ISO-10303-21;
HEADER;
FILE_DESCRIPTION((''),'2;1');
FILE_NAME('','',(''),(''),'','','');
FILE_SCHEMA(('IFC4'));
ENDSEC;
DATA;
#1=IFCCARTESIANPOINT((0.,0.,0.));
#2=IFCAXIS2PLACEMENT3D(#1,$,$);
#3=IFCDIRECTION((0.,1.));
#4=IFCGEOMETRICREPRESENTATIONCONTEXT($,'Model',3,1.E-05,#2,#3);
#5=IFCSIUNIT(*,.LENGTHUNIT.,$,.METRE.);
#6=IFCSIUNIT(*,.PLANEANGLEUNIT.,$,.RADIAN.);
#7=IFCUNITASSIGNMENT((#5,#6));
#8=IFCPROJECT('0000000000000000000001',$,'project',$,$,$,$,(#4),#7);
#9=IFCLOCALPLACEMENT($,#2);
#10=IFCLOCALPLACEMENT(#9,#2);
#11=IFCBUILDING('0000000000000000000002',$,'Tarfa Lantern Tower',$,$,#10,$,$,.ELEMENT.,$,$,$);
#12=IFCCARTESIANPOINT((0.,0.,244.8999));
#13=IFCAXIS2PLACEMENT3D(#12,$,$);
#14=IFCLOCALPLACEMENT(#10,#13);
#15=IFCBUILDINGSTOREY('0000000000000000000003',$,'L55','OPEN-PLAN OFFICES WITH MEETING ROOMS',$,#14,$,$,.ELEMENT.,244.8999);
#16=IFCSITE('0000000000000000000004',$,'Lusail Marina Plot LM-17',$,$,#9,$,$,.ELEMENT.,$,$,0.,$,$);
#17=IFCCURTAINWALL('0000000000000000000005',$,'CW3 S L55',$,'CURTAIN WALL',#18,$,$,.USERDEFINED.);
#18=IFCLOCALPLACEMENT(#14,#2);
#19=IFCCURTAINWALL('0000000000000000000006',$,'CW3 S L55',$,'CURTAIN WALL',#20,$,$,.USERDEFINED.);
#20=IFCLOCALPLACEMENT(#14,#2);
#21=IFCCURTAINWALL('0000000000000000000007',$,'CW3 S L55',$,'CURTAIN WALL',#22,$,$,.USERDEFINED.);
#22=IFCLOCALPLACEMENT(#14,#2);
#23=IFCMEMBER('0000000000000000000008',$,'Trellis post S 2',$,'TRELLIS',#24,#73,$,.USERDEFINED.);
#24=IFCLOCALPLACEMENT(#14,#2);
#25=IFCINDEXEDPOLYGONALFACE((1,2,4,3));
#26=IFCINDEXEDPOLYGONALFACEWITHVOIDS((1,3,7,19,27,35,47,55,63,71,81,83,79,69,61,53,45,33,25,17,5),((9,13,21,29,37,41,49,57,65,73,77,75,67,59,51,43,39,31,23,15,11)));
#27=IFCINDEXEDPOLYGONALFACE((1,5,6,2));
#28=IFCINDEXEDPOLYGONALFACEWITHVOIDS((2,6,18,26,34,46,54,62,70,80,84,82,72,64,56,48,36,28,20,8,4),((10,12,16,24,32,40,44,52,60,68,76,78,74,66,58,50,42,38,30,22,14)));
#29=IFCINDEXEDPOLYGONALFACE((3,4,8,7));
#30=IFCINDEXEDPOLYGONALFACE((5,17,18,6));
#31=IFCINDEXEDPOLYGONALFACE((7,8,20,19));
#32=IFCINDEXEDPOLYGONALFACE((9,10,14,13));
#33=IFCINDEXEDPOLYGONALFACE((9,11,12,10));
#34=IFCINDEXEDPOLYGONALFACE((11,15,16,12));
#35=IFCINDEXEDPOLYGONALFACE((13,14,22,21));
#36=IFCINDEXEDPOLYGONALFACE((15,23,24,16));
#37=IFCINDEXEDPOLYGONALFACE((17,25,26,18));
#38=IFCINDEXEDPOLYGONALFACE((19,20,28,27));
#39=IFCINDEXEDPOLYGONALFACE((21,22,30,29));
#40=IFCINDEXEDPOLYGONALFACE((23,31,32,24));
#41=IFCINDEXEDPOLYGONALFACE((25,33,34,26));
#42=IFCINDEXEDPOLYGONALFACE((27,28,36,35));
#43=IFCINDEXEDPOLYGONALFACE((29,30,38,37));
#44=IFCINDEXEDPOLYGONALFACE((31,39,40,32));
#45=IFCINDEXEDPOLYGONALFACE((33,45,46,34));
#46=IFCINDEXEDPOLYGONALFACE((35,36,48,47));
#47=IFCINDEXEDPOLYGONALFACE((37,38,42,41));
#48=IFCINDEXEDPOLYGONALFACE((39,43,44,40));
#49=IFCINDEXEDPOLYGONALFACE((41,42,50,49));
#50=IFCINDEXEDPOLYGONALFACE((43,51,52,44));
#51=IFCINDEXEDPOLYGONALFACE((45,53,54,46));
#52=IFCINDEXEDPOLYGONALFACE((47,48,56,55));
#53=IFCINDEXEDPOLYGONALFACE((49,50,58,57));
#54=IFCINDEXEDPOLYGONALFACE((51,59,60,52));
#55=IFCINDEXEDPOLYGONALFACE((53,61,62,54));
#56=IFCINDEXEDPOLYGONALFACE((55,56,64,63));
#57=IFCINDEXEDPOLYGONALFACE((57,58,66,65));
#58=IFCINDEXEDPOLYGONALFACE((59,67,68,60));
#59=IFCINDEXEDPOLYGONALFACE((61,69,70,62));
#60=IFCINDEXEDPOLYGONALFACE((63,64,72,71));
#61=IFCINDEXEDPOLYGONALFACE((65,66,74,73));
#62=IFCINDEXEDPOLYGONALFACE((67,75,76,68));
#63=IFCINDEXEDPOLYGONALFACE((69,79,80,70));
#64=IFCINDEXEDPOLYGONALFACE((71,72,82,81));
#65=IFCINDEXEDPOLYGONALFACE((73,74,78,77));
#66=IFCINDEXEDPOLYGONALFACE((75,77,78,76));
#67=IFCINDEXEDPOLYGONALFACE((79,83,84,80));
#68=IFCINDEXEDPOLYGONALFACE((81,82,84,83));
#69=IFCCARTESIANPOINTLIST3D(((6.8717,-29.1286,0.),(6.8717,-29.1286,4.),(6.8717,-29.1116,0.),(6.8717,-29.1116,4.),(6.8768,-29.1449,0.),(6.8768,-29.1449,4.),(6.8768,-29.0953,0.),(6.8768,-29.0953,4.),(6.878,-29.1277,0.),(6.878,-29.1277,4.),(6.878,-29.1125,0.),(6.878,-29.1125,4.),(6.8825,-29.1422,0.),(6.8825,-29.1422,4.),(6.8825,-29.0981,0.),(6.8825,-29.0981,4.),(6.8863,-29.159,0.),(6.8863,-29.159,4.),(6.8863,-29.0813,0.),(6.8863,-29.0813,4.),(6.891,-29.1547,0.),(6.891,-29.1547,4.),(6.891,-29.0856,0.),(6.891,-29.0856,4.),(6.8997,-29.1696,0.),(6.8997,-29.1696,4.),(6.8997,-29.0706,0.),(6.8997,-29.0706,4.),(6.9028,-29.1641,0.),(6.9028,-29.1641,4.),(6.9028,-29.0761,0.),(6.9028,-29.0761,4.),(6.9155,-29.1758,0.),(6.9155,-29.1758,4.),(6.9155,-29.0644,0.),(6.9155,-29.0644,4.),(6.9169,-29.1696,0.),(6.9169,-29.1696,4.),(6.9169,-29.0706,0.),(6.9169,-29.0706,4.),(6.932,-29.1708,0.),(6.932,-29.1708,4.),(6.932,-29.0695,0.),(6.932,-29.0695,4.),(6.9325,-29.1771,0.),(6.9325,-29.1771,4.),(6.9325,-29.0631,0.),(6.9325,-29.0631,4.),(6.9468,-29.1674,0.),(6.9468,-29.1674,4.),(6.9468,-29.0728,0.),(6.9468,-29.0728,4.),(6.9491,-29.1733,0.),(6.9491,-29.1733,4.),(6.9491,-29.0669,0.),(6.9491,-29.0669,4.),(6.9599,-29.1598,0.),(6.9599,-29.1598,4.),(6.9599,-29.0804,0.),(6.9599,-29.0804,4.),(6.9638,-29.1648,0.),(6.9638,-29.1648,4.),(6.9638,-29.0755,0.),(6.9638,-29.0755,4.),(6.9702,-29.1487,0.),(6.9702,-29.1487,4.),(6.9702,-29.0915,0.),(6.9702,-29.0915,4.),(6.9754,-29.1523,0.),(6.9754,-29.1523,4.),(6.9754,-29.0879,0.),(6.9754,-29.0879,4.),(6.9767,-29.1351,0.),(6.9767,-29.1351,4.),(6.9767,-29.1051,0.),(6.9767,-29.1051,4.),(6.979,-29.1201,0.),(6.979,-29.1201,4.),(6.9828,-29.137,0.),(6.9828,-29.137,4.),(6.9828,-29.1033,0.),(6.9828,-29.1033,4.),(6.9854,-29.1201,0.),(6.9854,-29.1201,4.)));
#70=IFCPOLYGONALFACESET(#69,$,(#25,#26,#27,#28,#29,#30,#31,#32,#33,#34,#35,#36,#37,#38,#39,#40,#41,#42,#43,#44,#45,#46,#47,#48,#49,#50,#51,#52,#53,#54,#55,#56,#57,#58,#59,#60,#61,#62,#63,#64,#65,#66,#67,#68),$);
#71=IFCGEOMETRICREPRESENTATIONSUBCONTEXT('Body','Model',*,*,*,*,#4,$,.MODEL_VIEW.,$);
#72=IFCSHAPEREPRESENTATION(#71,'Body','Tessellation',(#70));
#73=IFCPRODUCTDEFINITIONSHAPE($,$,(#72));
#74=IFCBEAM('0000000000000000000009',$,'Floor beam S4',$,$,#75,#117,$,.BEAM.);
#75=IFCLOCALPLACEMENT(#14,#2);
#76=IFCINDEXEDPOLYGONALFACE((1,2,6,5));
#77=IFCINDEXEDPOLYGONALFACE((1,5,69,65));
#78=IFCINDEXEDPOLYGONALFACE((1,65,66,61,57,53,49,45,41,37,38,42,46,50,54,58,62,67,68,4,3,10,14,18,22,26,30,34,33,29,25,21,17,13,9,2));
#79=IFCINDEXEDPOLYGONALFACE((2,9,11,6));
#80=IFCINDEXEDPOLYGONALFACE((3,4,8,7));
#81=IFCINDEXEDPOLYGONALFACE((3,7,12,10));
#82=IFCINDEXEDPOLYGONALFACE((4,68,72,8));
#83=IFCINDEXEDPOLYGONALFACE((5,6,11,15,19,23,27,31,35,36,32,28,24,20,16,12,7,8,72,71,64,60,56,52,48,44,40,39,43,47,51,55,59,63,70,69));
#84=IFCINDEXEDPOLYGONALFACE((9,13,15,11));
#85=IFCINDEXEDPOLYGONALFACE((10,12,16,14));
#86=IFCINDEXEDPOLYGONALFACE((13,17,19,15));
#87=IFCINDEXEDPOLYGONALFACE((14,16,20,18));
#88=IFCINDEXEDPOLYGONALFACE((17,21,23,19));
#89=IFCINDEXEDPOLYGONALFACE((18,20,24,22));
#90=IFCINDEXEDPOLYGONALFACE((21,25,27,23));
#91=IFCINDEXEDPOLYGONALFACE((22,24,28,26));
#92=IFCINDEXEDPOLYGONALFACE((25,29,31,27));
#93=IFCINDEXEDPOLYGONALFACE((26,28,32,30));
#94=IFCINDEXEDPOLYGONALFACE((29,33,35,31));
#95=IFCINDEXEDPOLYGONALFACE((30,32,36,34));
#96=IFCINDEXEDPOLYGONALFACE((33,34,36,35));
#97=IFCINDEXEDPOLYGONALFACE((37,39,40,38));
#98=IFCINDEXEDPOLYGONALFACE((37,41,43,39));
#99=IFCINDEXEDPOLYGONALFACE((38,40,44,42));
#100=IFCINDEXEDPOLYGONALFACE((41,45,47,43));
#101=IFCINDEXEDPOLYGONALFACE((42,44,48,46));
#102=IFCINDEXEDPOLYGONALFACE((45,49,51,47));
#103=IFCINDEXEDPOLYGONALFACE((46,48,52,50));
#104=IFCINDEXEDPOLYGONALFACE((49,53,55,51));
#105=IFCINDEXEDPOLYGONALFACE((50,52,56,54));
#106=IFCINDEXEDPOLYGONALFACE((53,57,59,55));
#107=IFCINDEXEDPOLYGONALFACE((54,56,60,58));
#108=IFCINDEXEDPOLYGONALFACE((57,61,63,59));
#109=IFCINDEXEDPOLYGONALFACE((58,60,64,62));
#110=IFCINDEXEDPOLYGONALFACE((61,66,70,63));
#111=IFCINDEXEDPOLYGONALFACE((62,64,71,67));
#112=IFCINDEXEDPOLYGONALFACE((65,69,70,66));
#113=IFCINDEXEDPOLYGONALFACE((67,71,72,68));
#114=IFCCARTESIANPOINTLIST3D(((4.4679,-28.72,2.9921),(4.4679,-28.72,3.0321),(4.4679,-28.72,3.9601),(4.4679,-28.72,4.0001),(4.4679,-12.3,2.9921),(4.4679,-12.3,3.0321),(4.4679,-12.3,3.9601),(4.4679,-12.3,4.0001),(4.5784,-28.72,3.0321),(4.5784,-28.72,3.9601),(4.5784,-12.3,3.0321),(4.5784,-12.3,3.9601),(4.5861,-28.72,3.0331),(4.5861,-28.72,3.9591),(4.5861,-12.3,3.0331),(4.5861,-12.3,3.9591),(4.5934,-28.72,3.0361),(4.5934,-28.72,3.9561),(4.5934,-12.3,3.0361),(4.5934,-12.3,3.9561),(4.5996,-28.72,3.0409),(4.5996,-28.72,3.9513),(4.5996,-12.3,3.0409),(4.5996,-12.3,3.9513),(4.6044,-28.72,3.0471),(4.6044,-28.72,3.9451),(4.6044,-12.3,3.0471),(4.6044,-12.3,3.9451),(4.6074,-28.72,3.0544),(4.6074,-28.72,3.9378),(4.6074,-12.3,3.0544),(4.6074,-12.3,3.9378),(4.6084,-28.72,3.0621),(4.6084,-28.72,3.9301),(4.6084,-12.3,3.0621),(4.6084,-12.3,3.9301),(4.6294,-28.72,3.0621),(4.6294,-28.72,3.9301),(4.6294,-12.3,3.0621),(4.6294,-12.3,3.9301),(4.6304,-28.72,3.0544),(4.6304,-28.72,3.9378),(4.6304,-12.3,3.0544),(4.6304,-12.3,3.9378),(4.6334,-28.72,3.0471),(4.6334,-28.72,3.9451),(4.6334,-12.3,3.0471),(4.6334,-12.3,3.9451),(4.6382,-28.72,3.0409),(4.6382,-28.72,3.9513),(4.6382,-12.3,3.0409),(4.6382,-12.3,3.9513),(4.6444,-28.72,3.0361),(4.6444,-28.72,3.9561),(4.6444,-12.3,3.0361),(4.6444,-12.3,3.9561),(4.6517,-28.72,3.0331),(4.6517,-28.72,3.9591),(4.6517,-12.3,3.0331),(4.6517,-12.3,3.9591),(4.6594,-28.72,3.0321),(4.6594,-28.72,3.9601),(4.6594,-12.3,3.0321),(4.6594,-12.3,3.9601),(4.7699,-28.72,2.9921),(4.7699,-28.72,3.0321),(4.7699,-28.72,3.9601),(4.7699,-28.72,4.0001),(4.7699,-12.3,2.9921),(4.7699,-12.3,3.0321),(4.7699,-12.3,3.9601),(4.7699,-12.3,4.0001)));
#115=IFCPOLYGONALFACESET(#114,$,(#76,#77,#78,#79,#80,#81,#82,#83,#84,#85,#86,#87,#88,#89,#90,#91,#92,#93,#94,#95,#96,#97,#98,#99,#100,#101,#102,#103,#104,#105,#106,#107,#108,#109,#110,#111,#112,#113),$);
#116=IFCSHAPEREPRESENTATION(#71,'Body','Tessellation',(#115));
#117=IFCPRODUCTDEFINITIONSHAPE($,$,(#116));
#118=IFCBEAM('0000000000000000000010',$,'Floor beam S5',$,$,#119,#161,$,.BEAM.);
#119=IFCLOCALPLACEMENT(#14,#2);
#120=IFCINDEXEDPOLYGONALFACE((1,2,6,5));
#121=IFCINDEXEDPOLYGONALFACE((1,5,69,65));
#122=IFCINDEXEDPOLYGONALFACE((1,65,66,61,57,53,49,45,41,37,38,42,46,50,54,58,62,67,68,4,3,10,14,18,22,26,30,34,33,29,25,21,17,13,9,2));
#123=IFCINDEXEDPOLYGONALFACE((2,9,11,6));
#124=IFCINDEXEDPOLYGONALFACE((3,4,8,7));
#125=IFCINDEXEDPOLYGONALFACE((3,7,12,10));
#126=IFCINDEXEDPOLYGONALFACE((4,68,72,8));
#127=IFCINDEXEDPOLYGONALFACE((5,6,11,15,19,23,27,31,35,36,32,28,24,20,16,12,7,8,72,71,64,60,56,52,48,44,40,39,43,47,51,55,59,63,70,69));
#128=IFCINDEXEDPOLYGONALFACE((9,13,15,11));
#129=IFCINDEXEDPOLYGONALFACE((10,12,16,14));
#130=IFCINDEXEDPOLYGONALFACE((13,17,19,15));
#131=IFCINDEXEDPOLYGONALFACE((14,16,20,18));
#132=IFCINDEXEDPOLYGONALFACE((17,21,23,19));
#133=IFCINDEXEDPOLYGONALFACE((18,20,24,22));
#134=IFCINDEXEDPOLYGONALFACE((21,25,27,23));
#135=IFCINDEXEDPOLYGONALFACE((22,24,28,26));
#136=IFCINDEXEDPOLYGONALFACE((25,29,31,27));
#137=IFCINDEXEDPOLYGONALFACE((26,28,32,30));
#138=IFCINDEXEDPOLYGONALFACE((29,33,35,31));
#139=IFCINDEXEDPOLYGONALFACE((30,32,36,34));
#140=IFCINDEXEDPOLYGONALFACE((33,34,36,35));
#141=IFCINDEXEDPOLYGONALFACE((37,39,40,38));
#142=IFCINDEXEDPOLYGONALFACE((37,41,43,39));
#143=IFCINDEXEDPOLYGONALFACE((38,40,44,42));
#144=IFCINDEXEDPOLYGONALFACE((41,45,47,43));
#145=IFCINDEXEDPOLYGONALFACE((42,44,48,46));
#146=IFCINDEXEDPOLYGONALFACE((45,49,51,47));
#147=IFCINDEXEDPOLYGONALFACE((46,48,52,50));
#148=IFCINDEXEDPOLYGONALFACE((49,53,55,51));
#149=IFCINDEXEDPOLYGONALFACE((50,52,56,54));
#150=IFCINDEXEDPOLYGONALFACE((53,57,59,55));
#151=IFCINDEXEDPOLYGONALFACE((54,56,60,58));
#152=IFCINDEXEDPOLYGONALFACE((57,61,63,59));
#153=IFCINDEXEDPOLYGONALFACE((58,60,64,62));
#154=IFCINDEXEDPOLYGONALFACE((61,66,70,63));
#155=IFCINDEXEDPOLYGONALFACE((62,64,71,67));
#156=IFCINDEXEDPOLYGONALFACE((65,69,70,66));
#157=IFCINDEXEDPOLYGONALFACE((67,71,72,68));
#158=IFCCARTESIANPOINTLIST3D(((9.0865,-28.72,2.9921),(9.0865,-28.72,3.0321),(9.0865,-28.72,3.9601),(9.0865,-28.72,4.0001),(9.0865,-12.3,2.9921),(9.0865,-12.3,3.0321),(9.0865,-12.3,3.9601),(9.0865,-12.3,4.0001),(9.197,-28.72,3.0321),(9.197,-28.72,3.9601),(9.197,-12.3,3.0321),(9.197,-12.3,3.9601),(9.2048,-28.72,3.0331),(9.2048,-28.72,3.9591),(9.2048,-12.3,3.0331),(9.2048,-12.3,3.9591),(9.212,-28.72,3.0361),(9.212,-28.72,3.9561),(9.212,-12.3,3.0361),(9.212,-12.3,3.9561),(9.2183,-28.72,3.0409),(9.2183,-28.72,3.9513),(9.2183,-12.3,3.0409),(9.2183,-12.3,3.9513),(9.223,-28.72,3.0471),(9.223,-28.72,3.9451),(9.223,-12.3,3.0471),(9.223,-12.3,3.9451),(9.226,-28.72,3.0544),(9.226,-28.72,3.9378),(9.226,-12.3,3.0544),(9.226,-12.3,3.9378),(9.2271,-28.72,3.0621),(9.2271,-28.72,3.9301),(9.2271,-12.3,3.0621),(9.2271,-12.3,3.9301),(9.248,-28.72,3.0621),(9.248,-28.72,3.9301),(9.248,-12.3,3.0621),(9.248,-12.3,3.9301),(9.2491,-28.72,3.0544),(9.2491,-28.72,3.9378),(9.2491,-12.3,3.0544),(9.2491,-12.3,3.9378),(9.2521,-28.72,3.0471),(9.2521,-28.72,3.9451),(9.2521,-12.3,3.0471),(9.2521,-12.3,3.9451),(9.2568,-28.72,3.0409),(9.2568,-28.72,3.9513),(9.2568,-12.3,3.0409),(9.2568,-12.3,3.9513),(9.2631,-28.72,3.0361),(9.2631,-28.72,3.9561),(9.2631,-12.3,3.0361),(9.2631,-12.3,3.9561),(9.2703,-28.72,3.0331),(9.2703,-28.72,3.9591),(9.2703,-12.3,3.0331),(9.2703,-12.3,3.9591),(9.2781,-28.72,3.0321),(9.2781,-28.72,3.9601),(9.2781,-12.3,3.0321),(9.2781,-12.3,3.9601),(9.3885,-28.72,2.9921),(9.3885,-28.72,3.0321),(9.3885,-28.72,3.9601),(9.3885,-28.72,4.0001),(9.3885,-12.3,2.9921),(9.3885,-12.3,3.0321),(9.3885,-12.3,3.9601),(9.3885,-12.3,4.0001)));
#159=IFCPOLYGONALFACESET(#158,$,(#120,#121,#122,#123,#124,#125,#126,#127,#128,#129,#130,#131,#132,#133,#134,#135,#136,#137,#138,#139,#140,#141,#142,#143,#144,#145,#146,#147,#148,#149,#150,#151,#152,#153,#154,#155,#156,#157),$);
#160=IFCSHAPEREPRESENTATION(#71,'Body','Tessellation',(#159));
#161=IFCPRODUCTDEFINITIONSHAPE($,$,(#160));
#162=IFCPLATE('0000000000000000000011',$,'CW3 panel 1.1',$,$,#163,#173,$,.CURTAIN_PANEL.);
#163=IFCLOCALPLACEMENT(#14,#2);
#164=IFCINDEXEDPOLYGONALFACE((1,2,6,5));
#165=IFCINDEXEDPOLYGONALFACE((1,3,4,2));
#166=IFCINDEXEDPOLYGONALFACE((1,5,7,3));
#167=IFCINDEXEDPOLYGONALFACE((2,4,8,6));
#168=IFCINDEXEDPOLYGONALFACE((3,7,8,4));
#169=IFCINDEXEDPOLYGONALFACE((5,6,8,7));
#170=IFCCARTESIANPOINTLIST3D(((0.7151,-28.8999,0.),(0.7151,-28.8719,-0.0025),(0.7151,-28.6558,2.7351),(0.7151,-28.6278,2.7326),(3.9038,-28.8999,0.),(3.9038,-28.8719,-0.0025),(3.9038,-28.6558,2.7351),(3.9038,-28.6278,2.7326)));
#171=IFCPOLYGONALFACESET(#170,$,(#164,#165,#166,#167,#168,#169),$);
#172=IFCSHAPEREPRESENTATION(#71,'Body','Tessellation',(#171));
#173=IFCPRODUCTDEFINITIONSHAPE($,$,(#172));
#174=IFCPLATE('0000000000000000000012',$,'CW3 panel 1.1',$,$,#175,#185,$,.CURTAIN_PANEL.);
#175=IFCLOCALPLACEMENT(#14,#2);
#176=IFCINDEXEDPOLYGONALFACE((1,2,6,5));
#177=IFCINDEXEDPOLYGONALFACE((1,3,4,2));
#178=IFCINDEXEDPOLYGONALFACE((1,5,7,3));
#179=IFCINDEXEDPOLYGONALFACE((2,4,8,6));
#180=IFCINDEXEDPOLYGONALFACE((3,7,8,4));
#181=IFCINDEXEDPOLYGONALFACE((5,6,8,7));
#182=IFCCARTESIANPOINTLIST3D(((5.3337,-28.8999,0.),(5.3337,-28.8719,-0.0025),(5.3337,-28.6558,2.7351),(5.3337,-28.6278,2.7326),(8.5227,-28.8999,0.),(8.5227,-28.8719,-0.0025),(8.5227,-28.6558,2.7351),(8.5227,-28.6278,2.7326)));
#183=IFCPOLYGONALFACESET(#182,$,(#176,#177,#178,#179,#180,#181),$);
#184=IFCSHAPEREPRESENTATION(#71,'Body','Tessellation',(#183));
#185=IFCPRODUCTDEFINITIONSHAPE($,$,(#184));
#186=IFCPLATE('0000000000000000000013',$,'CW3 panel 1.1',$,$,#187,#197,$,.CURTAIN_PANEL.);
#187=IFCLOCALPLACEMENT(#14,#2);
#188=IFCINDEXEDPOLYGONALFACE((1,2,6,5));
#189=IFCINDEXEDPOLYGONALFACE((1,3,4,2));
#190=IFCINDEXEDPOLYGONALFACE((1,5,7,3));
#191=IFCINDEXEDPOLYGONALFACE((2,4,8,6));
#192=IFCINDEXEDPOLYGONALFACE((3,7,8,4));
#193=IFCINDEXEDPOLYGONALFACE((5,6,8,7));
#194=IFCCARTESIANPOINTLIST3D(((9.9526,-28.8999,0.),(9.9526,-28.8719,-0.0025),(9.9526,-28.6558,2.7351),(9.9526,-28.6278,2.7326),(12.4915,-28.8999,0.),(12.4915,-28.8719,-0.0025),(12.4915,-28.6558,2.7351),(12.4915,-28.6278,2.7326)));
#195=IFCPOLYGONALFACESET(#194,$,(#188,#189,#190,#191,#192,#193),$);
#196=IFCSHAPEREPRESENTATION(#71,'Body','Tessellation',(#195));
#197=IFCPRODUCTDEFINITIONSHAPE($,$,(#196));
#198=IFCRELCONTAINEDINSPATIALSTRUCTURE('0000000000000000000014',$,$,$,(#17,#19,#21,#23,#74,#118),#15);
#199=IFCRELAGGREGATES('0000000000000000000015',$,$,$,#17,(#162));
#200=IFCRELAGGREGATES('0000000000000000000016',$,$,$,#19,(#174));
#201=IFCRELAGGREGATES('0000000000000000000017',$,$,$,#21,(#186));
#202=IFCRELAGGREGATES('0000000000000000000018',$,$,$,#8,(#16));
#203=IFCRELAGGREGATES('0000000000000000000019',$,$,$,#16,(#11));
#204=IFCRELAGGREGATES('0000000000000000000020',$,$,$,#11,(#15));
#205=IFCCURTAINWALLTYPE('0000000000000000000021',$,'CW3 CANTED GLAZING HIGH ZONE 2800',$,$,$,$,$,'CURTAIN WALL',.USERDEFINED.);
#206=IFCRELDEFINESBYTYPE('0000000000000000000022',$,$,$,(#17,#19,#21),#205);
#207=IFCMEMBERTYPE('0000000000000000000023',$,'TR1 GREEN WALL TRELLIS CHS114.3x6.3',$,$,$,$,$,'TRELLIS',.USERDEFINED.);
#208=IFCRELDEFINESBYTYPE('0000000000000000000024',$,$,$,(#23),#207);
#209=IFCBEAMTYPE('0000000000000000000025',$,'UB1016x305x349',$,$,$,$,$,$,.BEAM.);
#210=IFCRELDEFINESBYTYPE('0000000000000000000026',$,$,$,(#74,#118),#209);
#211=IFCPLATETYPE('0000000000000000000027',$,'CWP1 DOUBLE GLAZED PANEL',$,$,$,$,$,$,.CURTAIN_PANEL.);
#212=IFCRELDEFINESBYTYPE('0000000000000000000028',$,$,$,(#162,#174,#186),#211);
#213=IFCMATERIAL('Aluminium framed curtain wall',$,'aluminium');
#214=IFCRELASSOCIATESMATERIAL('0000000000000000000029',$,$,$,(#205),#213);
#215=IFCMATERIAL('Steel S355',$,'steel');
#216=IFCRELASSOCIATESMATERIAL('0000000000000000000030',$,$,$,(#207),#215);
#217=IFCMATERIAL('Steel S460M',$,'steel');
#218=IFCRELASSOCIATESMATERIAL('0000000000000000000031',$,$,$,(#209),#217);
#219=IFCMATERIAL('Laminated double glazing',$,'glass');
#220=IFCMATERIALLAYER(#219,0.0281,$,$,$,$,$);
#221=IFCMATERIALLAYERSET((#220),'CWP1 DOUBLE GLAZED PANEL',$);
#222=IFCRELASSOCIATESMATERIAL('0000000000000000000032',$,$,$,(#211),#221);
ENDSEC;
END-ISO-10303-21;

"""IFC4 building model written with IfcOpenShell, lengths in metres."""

from ifc_helpers import new_model, si_unit, direction, frame, origin, origin_2d, place, context, subcontext, project, spatial, polyline, hollow_circle, i_section, outline, extrude, material, layer, layer_set, material_profile, profile_set, type_object, element, aggregate, save


model = new_model("IFC4")

# Units and contexts
model_context = context("Model", 3, precision=1e-05, world=origin(), true_north=direction((0.0, 1.0)))
body_context = subcontext(model_context, "Body", "Model", "MODEL_VIEW")
ifc_project = project(units=[si_unit("LENGTHUNIT", "METRE"), si_unit("PLANEANGLEUNIT", "RADIAN")], contexts=[model_context])

# Site, building, storey
site_placement = place(None, origin())
site = spatial("IfcSite", under=ifc_project, at=site_placement, Name="Lusail Marina Plot LM-17", CompositionType="ELEMENT", RefElevation=0.0)
building_placement = place(site_placement, origin())
building = spatial("IfcBuilding", under=site, at=building_placement, Name="Tarfa Lantern Tower", CompositionType="ELEMENT")
storey_placement = place(building_placement, frame((0.0, 0.0, 244.8999)))
storey = spatial("IfcBuildingStorey", under=building, at=storey_placement, Name="L55", Description="OPEN-PLAN OFFICES WITH MEETING ROOMS", CompositionType="ELEMENT", Elevation=244.8999)

# Curtain walls
ifc_material_1 = material(Name="Aluminium framed curtain wall", Category="aluminium")
curtain_wall_type = type_object("IfcCurtainWallType", Name="CW3 CANTED GLAZING HIGH ZONE 2800", ElementType="CURTAIN WALL", PredefinedType="USERDEFINED", material=ifc_material_1)
curtain_wall_1_placement = place(storey_placement, origin())
curtain_wall_1 = element("IfcCurtainWall", 1, at=curtain_wall_1_placement, inside=storey, type_object=curtain_wall_type, Name="CW3 S L55", ObjectType="CURTAIN WALL", PredefinedType="USERDEFINED")
curtain_wall_2_placement = place(storey_placement, origin())
curtain_wall_2 = element("IfcCurtainWall", 2, at=curtain_wall_2_placement, inside=storey, type_object=curtain_wall_type, Name="CW3 S L55", ObjectType="CURTAIN WALL", PredefinedType="USERDEFINED")
curtain_wall_3_placement = place(storey_placement, origin())
curtain_wall_3 = element("IfcCurtainWall", 3, at=curtain_wall_3_placement, inside=storey, type_object=curtain_wall_type, Name="CW3 S L55", ObjectType="CURTAIN WALL", PredefinedType="USERDEFINED")

# Member
ifc_material_2 = material(Name="Steel S355", Category="steel")
ifc_material_profile_1 = material_profile(ifc_material_2, hollow_circle(Radius=0.0571, WallThickness=0.0063, at=origin_2d()), Name="CHS114.3x6.3")
ifc_profile_set_1 = profile_set([ifc_material_profile_1], Name="Steel S355")
member_type_1 = type_object("IfcMemberType", Name="TR1 GREEN WALL TRELLIS CHS114.3x6.3", ElementType="TRELLIS", PredefinedType="USERDEFINED", material=ifc_profile_set_1)
member_1_placement = place(storey_placement, frame((6.9282, -29.1201, 0.0), z_axis=(0.0, 0.0, 1.0), x_axis=(1.0, 0.0, 0.0)))
element("IfcMember", 4, at=member_1_placement, inside=storey, type_object=member_type_1, Name="Trellis post S 2", ObjectType="TRELLIS", PredefinedType="USERDEFINED", context=body_context, shape_type="SweptSolid", body=[
    extrude(hollow_circle(Radius=0.0571, WallThickness=0.0063, at=origin_2d()), origin(), (0.0, 0.0, 1.0), 4.0),
])

# Beams
ifc_material_3 = material(Name="Steel S460M", Category="steel")
ifc_material_profile_2 = material_profile(ifc_material_3, i_section(OverallWidth=0.302, OverallDepth=1.0081, WebThickness=0.021, FlangeThickness=0.04, FilletRadius=0.03, at=origin_2d()), Name="UB1016x305x349")
ifc_profile_set_2 = profile_set([ifc_material_profile_2], Name="Steel S460M")
beam_type_1 = type_object("IfcBeamType", Name="UB1016x305x349", PredefinedType="BEAM", material=ifc_profile_set_2)
for number, where, z_axis, x_axis, name in (
    (5, (4.6189, -28.72, 3.4961), (0.0, 1.0, 0.0), (-1.0, 0.0, 0.0), "Floor beam S4"),
    (6, (9.2375, -28.72, 3.4961), (0.0, 1.0, 0.0), (-1.0, 0.0, 0.0), "Floor beam S5"),
):
    element("IfcBeam", number, at=place(storey_placement, frame(where, z_axis=z_axis, x_axis=x_axis)), inside=storey, type_object=beam_type_1, Name=name, PredefinedType="BEAM", context=body_context, shape_type="SweptSolid", body=[
        extrude(i_section(OverallWidth=0.302, OverallDepth=1.0081, WebThickness=0.021, FlangeThickness=0.04, FilletRadius=0.03, at=origin_2d()), origin(), (0.0, 0.0, 1.0), 16.4199),
    ])

# Plates
ifc_material_4 = material(Name="Laminated double glazing", Category="glass")
ifc_layer_1 = layer(ifc_material_4, 0.0281)
ifc_layer_set_1 = layer_set([ifc_layer_1], Name="CWP1 DOUBLE GLAZED PANEL")
plate_type = type_object("IfcPlateType", Name="CWP1 DOUBLE GLAZED PANEL", PredefinedType="CURTAIN_PANEL", material=ifc_layer_set_1)
plate_1_placement = place(storey_placement, frame((0.7151, -28.8999, 0.0), z_axis=(0.0, -0.99604, 0.088908), x_axis=(1.0, 0.0, 0.0)))
plate_1 = element("IfcPlate", 7, at=plate_1_placement, type_object=plate_type, Name="CW3 panel 1.1", PredefinedType="CURTAIN_PANEL", context=body_context, shape_type="SweptSolid", body=[
    extrude(outline(polyline([(0.0, 0.0), (3.1887, 0.0), (3.1887, 2.746), (0.0, 2.746), (0.0, 0.0)])), origin(), (0.0, 0.0, -1.0), 0.0281),
])
aggregate(curtain_wall_1, [plate_1])
plate_2_placement = place(storey_placement, frame((5.3337, -28.8999, 0.0), z_axis=(0.0, -0.99604, 0.088908), x_axis=(1.0, 0.0, 0.0)))
plate_2 = element("IfcPlate", 8, at=plate_2_placement, type_object=plate_type, Name="CW3 panel 1.1", PredefinedType="CURTAIN_PANEL", context=body_context, shape_type="SweptSolid", body=[
    extrude(outline(polyline([(0.0, 0.0), (3.189, 0.0), (3.189, 2.746), (0.0, 2.746), (0.0, 0.0)])), origin(), (0.0, 0.0, -1.0), 0.0281),
])
aggregate(curtain_wall_2, [plate_2])
plate_3_placement = place(storey_placement, frame((9.9526, -28.8999, 0.0), z_axis=(0.0, -0.99604, 0.088908), x_axis=(1.0, 0.0, 0.0)))
plate_3 = element("IfcPlate", 9, at=plate_3_placement, type_object=plate_type, Name="CW3 panel 1.1", PredefinedType="CURTAIN_PANEL", context=body_context, shape_type="SweptSolid", body=[
    extrude(outline(polyline([(0.0, 0.0), (2.5388, 0.0), (2.5388, 2.746), (0.0, 2.746), (0.0, 0.0)])), origin(), (0.0, 0.0, -1.0), 0.0281),
])
aggregate(curtain_wall_3, [plate_3])

save(model, "model.ifc")
